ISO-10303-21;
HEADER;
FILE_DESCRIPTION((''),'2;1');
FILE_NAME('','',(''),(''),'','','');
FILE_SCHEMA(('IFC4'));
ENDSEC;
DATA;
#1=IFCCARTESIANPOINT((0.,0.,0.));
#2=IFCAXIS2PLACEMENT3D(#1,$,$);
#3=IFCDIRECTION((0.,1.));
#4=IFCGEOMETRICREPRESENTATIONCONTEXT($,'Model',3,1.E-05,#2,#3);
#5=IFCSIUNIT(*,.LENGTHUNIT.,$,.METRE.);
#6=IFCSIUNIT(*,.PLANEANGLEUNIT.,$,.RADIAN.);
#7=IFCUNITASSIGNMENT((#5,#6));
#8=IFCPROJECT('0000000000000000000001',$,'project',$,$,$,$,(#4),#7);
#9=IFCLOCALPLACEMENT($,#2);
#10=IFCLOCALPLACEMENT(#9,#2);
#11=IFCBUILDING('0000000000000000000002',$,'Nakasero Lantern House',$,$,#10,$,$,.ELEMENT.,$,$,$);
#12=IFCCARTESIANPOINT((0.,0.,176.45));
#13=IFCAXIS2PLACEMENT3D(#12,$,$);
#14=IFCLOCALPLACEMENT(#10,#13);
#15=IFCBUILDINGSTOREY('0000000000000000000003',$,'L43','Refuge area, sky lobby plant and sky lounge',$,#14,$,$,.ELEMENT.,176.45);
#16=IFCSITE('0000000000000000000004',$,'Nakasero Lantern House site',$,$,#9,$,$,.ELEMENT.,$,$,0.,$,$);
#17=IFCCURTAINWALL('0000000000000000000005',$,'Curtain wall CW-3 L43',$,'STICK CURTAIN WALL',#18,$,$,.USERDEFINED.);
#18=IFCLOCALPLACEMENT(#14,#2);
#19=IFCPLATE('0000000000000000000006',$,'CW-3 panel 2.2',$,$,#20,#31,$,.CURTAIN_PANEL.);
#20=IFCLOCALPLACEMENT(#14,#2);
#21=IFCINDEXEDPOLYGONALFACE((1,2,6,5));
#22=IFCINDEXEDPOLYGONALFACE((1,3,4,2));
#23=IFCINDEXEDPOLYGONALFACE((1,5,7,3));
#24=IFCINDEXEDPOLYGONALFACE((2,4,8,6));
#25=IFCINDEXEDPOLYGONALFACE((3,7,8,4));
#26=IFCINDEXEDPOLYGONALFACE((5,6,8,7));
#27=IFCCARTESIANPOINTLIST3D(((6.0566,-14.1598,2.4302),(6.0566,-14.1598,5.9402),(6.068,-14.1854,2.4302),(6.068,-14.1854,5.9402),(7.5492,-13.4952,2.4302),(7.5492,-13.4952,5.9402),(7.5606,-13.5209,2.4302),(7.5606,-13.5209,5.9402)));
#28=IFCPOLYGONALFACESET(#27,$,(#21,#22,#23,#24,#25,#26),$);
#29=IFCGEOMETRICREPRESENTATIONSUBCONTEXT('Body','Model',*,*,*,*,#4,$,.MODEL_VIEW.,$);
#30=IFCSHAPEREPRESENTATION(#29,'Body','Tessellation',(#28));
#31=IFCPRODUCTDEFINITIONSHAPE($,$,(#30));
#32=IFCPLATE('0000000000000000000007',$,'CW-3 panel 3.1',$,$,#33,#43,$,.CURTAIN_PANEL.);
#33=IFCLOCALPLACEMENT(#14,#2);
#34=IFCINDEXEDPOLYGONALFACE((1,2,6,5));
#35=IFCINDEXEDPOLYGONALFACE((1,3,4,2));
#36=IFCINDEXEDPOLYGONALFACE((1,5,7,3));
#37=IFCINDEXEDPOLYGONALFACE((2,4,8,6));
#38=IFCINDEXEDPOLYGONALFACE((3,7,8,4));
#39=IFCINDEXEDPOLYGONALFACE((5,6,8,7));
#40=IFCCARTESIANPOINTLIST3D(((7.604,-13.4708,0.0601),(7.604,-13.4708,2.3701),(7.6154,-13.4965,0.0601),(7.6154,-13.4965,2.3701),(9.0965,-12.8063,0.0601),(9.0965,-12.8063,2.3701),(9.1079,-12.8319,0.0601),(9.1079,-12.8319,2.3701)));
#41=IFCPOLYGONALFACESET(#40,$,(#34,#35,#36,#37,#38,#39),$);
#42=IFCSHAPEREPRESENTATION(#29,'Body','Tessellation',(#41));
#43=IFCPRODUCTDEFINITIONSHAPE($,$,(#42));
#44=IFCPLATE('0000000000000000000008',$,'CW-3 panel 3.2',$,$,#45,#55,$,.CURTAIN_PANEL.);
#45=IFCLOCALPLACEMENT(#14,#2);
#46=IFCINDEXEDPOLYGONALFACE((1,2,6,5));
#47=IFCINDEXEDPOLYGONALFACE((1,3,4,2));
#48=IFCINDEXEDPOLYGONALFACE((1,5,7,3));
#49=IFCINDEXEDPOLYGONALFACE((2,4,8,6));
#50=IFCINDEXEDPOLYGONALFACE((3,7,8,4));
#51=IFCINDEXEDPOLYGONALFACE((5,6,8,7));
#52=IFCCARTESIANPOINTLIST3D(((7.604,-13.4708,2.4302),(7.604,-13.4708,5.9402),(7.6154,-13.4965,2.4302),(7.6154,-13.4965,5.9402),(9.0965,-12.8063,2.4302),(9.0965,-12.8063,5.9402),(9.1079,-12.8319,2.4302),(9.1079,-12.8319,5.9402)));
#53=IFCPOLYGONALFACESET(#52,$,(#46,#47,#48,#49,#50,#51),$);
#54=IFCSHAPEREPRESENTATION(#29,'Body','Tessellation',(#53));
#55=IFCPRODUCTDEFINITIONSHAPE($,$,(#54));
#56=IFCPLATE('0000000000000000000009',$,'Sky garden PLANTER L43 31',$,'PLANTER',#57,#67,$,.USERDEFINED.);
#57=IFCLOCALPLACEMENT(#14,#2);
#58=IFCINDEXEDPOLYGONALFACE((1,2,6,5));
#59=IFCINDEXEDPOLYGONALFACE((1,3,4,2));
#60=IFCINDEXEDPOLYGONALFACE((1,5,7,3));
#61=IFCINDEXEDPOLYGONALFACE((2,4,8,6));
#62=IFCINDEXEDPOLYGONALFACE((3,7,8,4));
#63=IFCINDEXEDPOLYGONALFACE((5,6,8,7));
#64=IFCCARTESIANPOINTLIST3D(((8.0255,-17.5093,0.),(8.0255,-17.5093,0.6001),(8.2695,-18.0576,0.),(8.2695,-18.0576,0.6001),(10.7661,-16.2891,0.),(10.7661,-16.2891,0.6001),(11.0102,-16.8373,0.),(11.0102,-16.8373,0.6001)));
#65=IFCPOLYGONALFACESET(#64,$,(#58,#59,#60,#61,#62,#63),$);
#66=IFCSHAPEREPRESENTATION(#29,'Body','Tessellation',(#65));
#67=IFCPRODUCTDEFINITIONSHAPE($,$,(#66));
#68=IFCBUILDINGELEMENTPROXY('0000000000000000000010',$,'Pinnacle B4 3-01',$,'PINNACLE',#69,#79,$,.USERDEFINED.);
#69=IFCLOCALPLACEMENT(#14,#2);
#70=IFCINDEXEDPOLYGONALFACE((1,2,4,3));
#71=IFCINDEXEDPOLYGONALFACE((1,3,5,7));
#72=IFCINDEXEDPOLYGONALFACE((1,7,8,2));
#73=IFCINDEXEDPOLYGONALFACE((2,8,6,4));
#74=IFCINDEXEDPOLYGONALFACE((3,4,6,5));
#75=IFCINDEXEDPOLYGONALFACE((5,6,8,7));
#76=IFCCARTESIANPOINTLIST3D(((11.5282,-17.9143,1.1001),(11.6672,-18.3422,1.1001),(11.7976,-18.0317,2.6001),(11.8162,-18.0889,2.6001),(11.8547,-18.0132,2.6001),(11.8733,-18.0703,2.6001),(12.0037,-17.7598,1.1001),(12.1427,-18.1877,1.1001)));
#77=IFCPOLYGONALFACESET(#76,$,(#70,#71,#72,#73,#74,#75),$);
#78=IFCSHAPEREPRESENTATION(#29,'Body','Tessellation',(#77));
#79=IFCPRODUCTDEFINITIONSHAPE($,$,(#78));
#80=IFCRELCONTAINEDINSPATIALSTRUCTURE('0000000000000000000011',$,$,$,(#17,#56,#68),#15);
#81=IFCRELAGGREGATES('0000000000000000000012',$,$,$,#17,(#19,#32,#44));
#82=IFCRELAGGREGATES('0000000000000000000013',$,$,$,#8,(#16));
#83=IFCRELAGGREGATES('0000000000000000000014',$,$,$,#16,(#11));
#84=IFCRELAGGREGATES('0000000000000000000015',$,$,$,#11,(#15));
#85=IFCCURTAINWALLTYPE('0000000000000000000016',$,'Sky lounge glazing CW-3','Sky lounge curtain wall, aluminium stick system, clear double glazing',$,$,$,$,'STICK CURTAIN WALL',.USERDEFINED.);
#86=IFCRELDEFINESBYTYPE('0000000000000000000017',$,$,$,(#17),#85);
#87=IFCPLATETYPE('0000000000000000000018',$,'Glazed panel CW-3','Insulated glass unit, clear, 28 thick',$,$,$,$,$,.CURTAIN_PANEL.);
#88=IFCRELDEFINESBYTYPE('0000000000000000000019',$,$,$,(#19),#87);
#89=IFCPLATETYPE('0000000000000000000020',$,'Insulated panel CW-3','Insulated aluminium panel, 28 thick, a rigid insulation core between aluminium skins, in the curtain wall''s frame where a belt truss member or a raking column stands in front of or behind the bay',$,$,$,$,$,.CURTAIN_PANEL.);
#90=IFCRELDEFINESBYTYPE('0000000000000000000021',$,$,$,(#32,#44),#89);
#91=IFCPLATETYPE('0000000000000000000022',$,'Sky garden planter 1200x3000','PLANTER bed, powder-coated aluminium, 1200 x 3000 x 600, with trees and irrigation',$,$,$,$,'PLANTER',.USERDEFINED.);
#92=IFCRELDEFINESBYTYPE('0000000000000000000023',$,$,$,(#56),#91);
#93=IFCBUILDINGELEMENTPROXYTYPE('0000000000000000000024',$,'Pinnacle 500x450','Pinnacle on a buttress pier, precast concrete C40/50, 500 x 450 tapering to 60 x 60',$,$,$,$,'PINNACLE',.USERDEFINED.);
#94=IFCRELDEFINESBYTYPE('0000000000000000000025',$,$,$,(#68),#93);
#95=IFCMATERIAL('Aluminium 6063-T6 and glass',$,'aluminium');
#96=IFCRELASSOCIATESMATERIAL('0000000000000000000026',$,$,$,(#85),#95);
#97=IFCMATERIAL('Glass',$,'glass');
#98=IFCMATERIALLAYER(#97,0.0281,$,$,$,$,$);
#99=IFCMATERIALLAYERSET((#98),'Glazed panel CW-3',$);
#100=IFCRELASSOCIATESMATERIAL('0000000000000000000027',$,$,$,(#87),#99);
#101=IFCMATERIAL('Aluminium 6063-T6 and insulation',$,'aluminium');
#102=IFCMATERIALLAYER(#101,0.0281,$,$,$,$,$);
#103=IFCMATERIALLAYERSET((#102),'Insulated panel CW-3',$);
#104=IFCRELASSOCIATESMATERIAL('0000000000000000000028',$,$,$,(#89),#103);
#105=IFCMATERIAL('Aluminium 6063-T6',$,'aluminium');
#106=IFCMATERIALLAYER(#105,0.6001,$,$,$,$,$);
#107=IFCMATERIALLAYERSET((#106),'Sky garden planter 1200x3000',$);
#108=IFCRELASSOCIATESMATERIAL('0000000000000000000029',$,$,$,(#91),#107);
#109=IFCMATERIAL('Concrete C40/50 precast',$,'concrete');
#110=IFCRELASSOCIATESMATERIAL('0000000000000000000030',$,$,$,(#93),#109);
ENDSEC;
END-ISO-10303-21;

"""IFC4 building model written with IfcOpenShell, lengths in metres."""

from ifc_helpers import new_model, entity, si_unit, direction, frame, origin, origin_2d, place, context, subcontext, project, spatial, rectangle, extrude, material, layer, layer_set, type_object, element, aggregate, save


model = new_model("IFC4")

# Units and contexts
model_context = context("Model", 3, precision=1e-05, world=origin(), true_north=direction((0.0, 1.0)))
body_context = subcontext(model_context, "Body", "Model", "MODEL_VIEW")
ifc_project = project(units=[si_unit("LENGTHUNIT", "METRE"), si_unit("PLANEANGLEUNIT", "RADIAN")], contexts=[model_context])

# Site, building, storey
site_placement = place(None, origin())
site = spatial("IfcSite", under=ifc_project, at=site_placement, Name="Nakasero Lantern House site", CompositionType="ELEMENT", RefElevation=0.0)
building_placement = place(site_placement, origin())
building = spatial("IfcBuilding", under=site, at=building_placement, Name="Nakasero Lantern House", CompositionType="ELEMENT")
storey_placement = place(building_placement, frame((0.0, 0.0, 176.45)))
storey = spatial("IfcBuildingStorey", under=building, at=storey_placement, Name="L43", Description="Refuge area, sky lobby plant and sky lounge", CompositionType="ELEMENT", Elevation=176.45)

# Curtain wall
ifc_material_1 = material(Name="Aluminium 6063-T6 and glass", Category="aluminium")
curtain_wall_type = type_object("IfcCurtainWallType", Name="Sky lounge glazing CW-3", Description="Sky lounge curtain wall, aluminium stick system, clear double glazing", ElementType="STICK CURTAIN WALL", PredefinedType="USERDEFINED", material=ifc_material_1)
curtain_wall_placement = place(storey_placement, origin())
curtain_wall = element("IfcCurtainWall", 1, at=curtain_wall_placement, inside=storey, type_object=curtain_wall_type, Name="Curtain wall CW-3 L43", ObjectType="STICK CURTAIN WALL", PredefinedType="USERDEFINED")

# Plates
ifc_material_2 = material(Name="Glass", Category="glass")
ifc_layer_1 = layer(ifc_material_2, 0.0281)
ifc_layer_set_1 = layer_set([ifc_layer_1], Name="Glazed panel CW-3")
plate_type_1 = type_object("IfcPlateType", Name="Glazed panel CW-3", Description="Insulated glass unit, clear, 28 thick", PredefinedType="CURTAIN_PANEL", material=ifc_layer_set_1)
plate_1_placement = place(storey_placement, frame((6.8086, -13.8403, 2.4302), z_axis=(0.0, 0.0, 1.0), x_axis=(0.913545, 0.406737, 0.0)))
plate_1 = element("IfcPlate", 2, at=plate_1_placement, type_object=plate_type_1, Name="CW-3 panel 2.2", PredefinedType="CURTAIN_PANEL", context=body_context, shape_type="SweptSolid", body=[
    extrude(rectangle(XDim=1.6338, YDim=0.0281, at=origin_2d()), origin(), (0.0, 0.0, 1.0), 3.51),
])
ifc_material_3 = material(Name="Aluminium 6063-T6 and insulation", Category="aluminium")
ifc_layer_2 = layer(ifc_material_3, 0.0281)
ifc_layer_set_2 = layer_set([ifc_layer_2], Name="Insulated panel CW-3")
plate_type_2 = type_object("IfcPlateType", Name="Insulated panel CW-3", Description="Insulated aluminium panel, 28 thick, a rigid insulation core between aluminium skins, in the curtain wall's frame where a belt truss member or a raking column stands in front of or behind the bay", PredefinedType="CURTAIN_PANEL", material=ifc_layer_set_2)
plate_2_placement = place(storey_placement, frame((8.356, -13.1514, 0.0601), z_axis=(0.0, 0.0, 1.0), x_axis=(0.913545, 0.406737, 0.0)))
plate_2 = element("IfcPlate", 3, at=plate_2_placement, type_object=plate_type_2, Name="CW-3 panel 3.1", PredefinedType="CURTAIN_PANEL", context=body_context, shape_type="SweptSolid", body=[
    extrude(rectangle(XDim=1.6338, YDim=0.0281, at=origin_2d()), origin(), (0.0, 0.0, 1.0), 2.3101),
])
plate_3_placement = place(storey_placement, frame((8.356, -13.1514, 2.4302), z_axis=(0.0, 0.0, 1.0), x_axis=(0.913545, 0.406737, 0.0)))
plate_3 = element("IfcPlate", 4, at=plate_3_placement, type_object=plate_type_2, Name="CW-3 panel 3.2", PredefinedType="CURTAIN_PANEL", context=body_context, shape_type="SweptSolid", body=[
    extrude(rectangle(XDim=1.6338, YDim=0.0281, at=origin_2d()), origin(), (0.0, 0.0, 1.0), 3.51),
])
aggregate(curtain_wall, [plate_1, plate_2, plate_3])
ifc_material_4 = material(Name="Aluminium 6063-T6", Category="aluminium")
ifc_layer_3 = layer(ifc_material_4, 0.6001)
ifc_layer_set_3 = layer_set([ifc_layer_3], Name="Sky garden planter 1200x3000")
plate_type_3 = type_object("IfcPlateType", Name="Sky garden planter 1200x3000", Description="PLANTER bed, powder-coated aluminium, 1200 x 3000 x 600, with trees and irrigation", ElementType="PLANTER", PredefinedType="USERDEFINED", material=ifc_layer_set_3)
plate_4_placement = place(storey_placement, frame((9.5178, -17.1733, 0.0), z_axis=(0.0, 0.0, 1.0), x_axis=(0.406737, -0.913545, 0.0)))
element("IfcPlate", 5, at=plate_4_placement, inside=storey, type_object=plate_type_3, Name="Sky garden PLANTER L43 31", ObjectType="PLANTER", PredefinedType="USERDEFINED", context=body_context, shape_type="SweptSolid", body=[
    extrude(rectangle(XDim=0.6001, YDim=3.0, at=origin_2d()), origin(), (0.0, 0.0, 1.0), 0.6001),
])

# Building element proxy
ifc_material_5 = material(Name="Concrete C40/50 precast", Category="concrete")
building_element_proxy_type = type_object("IfcBuildingElementProxyType", Name="Pinnacle 500x450", Description="Pinnacle on a buttress pier, precast concrete C40/50, 500 x 450 tapering to 60 x 60", ElementType="PINNACLE", PredefinedType="USERDEFINED", material=ifc_material_5)
proxy_placement = place(storey_placement, frame((11.8354, -18.051, 1.1001), z_axis=(0.0, 0.0, 1.0), x_axis=(0.309017, -0.951057, 0.0)))
element("IfcBuildingElementProxy", 6, at=proxy_placement, inside=storey, type_object=building_element_proxy_type, Name="Pinnacle B4 3-01", ObjectType="PINNACLE", PredefinedType="USERDEFINED", context=body_context, shape_type="SweptSolid", body=[
    entity("IfcExtrudedAreaSolidTapered", entity("IfcRectangleProfileDef", "AREA", None, entity("IfcAxis2Placement2D", entity("IfcCartesianPoint", [0.0, 0.0])), 0.45, 0.5), entity("IfcAxis2Placement3D", entity("IfcCartesianPoint", [0.0, 0.0, 0.0])), entity("IfcDirection", [0.0, 0.0, 1.0]), 1.5, entity("IfcRectangleProfileDef", "AREA", None, entity("IfcAxis2Placement2D", entity("IfcCartesianPoint", [0.0, 0.0])), 0.0601, 0.0601)),
])

save(model, "model.ifc")
